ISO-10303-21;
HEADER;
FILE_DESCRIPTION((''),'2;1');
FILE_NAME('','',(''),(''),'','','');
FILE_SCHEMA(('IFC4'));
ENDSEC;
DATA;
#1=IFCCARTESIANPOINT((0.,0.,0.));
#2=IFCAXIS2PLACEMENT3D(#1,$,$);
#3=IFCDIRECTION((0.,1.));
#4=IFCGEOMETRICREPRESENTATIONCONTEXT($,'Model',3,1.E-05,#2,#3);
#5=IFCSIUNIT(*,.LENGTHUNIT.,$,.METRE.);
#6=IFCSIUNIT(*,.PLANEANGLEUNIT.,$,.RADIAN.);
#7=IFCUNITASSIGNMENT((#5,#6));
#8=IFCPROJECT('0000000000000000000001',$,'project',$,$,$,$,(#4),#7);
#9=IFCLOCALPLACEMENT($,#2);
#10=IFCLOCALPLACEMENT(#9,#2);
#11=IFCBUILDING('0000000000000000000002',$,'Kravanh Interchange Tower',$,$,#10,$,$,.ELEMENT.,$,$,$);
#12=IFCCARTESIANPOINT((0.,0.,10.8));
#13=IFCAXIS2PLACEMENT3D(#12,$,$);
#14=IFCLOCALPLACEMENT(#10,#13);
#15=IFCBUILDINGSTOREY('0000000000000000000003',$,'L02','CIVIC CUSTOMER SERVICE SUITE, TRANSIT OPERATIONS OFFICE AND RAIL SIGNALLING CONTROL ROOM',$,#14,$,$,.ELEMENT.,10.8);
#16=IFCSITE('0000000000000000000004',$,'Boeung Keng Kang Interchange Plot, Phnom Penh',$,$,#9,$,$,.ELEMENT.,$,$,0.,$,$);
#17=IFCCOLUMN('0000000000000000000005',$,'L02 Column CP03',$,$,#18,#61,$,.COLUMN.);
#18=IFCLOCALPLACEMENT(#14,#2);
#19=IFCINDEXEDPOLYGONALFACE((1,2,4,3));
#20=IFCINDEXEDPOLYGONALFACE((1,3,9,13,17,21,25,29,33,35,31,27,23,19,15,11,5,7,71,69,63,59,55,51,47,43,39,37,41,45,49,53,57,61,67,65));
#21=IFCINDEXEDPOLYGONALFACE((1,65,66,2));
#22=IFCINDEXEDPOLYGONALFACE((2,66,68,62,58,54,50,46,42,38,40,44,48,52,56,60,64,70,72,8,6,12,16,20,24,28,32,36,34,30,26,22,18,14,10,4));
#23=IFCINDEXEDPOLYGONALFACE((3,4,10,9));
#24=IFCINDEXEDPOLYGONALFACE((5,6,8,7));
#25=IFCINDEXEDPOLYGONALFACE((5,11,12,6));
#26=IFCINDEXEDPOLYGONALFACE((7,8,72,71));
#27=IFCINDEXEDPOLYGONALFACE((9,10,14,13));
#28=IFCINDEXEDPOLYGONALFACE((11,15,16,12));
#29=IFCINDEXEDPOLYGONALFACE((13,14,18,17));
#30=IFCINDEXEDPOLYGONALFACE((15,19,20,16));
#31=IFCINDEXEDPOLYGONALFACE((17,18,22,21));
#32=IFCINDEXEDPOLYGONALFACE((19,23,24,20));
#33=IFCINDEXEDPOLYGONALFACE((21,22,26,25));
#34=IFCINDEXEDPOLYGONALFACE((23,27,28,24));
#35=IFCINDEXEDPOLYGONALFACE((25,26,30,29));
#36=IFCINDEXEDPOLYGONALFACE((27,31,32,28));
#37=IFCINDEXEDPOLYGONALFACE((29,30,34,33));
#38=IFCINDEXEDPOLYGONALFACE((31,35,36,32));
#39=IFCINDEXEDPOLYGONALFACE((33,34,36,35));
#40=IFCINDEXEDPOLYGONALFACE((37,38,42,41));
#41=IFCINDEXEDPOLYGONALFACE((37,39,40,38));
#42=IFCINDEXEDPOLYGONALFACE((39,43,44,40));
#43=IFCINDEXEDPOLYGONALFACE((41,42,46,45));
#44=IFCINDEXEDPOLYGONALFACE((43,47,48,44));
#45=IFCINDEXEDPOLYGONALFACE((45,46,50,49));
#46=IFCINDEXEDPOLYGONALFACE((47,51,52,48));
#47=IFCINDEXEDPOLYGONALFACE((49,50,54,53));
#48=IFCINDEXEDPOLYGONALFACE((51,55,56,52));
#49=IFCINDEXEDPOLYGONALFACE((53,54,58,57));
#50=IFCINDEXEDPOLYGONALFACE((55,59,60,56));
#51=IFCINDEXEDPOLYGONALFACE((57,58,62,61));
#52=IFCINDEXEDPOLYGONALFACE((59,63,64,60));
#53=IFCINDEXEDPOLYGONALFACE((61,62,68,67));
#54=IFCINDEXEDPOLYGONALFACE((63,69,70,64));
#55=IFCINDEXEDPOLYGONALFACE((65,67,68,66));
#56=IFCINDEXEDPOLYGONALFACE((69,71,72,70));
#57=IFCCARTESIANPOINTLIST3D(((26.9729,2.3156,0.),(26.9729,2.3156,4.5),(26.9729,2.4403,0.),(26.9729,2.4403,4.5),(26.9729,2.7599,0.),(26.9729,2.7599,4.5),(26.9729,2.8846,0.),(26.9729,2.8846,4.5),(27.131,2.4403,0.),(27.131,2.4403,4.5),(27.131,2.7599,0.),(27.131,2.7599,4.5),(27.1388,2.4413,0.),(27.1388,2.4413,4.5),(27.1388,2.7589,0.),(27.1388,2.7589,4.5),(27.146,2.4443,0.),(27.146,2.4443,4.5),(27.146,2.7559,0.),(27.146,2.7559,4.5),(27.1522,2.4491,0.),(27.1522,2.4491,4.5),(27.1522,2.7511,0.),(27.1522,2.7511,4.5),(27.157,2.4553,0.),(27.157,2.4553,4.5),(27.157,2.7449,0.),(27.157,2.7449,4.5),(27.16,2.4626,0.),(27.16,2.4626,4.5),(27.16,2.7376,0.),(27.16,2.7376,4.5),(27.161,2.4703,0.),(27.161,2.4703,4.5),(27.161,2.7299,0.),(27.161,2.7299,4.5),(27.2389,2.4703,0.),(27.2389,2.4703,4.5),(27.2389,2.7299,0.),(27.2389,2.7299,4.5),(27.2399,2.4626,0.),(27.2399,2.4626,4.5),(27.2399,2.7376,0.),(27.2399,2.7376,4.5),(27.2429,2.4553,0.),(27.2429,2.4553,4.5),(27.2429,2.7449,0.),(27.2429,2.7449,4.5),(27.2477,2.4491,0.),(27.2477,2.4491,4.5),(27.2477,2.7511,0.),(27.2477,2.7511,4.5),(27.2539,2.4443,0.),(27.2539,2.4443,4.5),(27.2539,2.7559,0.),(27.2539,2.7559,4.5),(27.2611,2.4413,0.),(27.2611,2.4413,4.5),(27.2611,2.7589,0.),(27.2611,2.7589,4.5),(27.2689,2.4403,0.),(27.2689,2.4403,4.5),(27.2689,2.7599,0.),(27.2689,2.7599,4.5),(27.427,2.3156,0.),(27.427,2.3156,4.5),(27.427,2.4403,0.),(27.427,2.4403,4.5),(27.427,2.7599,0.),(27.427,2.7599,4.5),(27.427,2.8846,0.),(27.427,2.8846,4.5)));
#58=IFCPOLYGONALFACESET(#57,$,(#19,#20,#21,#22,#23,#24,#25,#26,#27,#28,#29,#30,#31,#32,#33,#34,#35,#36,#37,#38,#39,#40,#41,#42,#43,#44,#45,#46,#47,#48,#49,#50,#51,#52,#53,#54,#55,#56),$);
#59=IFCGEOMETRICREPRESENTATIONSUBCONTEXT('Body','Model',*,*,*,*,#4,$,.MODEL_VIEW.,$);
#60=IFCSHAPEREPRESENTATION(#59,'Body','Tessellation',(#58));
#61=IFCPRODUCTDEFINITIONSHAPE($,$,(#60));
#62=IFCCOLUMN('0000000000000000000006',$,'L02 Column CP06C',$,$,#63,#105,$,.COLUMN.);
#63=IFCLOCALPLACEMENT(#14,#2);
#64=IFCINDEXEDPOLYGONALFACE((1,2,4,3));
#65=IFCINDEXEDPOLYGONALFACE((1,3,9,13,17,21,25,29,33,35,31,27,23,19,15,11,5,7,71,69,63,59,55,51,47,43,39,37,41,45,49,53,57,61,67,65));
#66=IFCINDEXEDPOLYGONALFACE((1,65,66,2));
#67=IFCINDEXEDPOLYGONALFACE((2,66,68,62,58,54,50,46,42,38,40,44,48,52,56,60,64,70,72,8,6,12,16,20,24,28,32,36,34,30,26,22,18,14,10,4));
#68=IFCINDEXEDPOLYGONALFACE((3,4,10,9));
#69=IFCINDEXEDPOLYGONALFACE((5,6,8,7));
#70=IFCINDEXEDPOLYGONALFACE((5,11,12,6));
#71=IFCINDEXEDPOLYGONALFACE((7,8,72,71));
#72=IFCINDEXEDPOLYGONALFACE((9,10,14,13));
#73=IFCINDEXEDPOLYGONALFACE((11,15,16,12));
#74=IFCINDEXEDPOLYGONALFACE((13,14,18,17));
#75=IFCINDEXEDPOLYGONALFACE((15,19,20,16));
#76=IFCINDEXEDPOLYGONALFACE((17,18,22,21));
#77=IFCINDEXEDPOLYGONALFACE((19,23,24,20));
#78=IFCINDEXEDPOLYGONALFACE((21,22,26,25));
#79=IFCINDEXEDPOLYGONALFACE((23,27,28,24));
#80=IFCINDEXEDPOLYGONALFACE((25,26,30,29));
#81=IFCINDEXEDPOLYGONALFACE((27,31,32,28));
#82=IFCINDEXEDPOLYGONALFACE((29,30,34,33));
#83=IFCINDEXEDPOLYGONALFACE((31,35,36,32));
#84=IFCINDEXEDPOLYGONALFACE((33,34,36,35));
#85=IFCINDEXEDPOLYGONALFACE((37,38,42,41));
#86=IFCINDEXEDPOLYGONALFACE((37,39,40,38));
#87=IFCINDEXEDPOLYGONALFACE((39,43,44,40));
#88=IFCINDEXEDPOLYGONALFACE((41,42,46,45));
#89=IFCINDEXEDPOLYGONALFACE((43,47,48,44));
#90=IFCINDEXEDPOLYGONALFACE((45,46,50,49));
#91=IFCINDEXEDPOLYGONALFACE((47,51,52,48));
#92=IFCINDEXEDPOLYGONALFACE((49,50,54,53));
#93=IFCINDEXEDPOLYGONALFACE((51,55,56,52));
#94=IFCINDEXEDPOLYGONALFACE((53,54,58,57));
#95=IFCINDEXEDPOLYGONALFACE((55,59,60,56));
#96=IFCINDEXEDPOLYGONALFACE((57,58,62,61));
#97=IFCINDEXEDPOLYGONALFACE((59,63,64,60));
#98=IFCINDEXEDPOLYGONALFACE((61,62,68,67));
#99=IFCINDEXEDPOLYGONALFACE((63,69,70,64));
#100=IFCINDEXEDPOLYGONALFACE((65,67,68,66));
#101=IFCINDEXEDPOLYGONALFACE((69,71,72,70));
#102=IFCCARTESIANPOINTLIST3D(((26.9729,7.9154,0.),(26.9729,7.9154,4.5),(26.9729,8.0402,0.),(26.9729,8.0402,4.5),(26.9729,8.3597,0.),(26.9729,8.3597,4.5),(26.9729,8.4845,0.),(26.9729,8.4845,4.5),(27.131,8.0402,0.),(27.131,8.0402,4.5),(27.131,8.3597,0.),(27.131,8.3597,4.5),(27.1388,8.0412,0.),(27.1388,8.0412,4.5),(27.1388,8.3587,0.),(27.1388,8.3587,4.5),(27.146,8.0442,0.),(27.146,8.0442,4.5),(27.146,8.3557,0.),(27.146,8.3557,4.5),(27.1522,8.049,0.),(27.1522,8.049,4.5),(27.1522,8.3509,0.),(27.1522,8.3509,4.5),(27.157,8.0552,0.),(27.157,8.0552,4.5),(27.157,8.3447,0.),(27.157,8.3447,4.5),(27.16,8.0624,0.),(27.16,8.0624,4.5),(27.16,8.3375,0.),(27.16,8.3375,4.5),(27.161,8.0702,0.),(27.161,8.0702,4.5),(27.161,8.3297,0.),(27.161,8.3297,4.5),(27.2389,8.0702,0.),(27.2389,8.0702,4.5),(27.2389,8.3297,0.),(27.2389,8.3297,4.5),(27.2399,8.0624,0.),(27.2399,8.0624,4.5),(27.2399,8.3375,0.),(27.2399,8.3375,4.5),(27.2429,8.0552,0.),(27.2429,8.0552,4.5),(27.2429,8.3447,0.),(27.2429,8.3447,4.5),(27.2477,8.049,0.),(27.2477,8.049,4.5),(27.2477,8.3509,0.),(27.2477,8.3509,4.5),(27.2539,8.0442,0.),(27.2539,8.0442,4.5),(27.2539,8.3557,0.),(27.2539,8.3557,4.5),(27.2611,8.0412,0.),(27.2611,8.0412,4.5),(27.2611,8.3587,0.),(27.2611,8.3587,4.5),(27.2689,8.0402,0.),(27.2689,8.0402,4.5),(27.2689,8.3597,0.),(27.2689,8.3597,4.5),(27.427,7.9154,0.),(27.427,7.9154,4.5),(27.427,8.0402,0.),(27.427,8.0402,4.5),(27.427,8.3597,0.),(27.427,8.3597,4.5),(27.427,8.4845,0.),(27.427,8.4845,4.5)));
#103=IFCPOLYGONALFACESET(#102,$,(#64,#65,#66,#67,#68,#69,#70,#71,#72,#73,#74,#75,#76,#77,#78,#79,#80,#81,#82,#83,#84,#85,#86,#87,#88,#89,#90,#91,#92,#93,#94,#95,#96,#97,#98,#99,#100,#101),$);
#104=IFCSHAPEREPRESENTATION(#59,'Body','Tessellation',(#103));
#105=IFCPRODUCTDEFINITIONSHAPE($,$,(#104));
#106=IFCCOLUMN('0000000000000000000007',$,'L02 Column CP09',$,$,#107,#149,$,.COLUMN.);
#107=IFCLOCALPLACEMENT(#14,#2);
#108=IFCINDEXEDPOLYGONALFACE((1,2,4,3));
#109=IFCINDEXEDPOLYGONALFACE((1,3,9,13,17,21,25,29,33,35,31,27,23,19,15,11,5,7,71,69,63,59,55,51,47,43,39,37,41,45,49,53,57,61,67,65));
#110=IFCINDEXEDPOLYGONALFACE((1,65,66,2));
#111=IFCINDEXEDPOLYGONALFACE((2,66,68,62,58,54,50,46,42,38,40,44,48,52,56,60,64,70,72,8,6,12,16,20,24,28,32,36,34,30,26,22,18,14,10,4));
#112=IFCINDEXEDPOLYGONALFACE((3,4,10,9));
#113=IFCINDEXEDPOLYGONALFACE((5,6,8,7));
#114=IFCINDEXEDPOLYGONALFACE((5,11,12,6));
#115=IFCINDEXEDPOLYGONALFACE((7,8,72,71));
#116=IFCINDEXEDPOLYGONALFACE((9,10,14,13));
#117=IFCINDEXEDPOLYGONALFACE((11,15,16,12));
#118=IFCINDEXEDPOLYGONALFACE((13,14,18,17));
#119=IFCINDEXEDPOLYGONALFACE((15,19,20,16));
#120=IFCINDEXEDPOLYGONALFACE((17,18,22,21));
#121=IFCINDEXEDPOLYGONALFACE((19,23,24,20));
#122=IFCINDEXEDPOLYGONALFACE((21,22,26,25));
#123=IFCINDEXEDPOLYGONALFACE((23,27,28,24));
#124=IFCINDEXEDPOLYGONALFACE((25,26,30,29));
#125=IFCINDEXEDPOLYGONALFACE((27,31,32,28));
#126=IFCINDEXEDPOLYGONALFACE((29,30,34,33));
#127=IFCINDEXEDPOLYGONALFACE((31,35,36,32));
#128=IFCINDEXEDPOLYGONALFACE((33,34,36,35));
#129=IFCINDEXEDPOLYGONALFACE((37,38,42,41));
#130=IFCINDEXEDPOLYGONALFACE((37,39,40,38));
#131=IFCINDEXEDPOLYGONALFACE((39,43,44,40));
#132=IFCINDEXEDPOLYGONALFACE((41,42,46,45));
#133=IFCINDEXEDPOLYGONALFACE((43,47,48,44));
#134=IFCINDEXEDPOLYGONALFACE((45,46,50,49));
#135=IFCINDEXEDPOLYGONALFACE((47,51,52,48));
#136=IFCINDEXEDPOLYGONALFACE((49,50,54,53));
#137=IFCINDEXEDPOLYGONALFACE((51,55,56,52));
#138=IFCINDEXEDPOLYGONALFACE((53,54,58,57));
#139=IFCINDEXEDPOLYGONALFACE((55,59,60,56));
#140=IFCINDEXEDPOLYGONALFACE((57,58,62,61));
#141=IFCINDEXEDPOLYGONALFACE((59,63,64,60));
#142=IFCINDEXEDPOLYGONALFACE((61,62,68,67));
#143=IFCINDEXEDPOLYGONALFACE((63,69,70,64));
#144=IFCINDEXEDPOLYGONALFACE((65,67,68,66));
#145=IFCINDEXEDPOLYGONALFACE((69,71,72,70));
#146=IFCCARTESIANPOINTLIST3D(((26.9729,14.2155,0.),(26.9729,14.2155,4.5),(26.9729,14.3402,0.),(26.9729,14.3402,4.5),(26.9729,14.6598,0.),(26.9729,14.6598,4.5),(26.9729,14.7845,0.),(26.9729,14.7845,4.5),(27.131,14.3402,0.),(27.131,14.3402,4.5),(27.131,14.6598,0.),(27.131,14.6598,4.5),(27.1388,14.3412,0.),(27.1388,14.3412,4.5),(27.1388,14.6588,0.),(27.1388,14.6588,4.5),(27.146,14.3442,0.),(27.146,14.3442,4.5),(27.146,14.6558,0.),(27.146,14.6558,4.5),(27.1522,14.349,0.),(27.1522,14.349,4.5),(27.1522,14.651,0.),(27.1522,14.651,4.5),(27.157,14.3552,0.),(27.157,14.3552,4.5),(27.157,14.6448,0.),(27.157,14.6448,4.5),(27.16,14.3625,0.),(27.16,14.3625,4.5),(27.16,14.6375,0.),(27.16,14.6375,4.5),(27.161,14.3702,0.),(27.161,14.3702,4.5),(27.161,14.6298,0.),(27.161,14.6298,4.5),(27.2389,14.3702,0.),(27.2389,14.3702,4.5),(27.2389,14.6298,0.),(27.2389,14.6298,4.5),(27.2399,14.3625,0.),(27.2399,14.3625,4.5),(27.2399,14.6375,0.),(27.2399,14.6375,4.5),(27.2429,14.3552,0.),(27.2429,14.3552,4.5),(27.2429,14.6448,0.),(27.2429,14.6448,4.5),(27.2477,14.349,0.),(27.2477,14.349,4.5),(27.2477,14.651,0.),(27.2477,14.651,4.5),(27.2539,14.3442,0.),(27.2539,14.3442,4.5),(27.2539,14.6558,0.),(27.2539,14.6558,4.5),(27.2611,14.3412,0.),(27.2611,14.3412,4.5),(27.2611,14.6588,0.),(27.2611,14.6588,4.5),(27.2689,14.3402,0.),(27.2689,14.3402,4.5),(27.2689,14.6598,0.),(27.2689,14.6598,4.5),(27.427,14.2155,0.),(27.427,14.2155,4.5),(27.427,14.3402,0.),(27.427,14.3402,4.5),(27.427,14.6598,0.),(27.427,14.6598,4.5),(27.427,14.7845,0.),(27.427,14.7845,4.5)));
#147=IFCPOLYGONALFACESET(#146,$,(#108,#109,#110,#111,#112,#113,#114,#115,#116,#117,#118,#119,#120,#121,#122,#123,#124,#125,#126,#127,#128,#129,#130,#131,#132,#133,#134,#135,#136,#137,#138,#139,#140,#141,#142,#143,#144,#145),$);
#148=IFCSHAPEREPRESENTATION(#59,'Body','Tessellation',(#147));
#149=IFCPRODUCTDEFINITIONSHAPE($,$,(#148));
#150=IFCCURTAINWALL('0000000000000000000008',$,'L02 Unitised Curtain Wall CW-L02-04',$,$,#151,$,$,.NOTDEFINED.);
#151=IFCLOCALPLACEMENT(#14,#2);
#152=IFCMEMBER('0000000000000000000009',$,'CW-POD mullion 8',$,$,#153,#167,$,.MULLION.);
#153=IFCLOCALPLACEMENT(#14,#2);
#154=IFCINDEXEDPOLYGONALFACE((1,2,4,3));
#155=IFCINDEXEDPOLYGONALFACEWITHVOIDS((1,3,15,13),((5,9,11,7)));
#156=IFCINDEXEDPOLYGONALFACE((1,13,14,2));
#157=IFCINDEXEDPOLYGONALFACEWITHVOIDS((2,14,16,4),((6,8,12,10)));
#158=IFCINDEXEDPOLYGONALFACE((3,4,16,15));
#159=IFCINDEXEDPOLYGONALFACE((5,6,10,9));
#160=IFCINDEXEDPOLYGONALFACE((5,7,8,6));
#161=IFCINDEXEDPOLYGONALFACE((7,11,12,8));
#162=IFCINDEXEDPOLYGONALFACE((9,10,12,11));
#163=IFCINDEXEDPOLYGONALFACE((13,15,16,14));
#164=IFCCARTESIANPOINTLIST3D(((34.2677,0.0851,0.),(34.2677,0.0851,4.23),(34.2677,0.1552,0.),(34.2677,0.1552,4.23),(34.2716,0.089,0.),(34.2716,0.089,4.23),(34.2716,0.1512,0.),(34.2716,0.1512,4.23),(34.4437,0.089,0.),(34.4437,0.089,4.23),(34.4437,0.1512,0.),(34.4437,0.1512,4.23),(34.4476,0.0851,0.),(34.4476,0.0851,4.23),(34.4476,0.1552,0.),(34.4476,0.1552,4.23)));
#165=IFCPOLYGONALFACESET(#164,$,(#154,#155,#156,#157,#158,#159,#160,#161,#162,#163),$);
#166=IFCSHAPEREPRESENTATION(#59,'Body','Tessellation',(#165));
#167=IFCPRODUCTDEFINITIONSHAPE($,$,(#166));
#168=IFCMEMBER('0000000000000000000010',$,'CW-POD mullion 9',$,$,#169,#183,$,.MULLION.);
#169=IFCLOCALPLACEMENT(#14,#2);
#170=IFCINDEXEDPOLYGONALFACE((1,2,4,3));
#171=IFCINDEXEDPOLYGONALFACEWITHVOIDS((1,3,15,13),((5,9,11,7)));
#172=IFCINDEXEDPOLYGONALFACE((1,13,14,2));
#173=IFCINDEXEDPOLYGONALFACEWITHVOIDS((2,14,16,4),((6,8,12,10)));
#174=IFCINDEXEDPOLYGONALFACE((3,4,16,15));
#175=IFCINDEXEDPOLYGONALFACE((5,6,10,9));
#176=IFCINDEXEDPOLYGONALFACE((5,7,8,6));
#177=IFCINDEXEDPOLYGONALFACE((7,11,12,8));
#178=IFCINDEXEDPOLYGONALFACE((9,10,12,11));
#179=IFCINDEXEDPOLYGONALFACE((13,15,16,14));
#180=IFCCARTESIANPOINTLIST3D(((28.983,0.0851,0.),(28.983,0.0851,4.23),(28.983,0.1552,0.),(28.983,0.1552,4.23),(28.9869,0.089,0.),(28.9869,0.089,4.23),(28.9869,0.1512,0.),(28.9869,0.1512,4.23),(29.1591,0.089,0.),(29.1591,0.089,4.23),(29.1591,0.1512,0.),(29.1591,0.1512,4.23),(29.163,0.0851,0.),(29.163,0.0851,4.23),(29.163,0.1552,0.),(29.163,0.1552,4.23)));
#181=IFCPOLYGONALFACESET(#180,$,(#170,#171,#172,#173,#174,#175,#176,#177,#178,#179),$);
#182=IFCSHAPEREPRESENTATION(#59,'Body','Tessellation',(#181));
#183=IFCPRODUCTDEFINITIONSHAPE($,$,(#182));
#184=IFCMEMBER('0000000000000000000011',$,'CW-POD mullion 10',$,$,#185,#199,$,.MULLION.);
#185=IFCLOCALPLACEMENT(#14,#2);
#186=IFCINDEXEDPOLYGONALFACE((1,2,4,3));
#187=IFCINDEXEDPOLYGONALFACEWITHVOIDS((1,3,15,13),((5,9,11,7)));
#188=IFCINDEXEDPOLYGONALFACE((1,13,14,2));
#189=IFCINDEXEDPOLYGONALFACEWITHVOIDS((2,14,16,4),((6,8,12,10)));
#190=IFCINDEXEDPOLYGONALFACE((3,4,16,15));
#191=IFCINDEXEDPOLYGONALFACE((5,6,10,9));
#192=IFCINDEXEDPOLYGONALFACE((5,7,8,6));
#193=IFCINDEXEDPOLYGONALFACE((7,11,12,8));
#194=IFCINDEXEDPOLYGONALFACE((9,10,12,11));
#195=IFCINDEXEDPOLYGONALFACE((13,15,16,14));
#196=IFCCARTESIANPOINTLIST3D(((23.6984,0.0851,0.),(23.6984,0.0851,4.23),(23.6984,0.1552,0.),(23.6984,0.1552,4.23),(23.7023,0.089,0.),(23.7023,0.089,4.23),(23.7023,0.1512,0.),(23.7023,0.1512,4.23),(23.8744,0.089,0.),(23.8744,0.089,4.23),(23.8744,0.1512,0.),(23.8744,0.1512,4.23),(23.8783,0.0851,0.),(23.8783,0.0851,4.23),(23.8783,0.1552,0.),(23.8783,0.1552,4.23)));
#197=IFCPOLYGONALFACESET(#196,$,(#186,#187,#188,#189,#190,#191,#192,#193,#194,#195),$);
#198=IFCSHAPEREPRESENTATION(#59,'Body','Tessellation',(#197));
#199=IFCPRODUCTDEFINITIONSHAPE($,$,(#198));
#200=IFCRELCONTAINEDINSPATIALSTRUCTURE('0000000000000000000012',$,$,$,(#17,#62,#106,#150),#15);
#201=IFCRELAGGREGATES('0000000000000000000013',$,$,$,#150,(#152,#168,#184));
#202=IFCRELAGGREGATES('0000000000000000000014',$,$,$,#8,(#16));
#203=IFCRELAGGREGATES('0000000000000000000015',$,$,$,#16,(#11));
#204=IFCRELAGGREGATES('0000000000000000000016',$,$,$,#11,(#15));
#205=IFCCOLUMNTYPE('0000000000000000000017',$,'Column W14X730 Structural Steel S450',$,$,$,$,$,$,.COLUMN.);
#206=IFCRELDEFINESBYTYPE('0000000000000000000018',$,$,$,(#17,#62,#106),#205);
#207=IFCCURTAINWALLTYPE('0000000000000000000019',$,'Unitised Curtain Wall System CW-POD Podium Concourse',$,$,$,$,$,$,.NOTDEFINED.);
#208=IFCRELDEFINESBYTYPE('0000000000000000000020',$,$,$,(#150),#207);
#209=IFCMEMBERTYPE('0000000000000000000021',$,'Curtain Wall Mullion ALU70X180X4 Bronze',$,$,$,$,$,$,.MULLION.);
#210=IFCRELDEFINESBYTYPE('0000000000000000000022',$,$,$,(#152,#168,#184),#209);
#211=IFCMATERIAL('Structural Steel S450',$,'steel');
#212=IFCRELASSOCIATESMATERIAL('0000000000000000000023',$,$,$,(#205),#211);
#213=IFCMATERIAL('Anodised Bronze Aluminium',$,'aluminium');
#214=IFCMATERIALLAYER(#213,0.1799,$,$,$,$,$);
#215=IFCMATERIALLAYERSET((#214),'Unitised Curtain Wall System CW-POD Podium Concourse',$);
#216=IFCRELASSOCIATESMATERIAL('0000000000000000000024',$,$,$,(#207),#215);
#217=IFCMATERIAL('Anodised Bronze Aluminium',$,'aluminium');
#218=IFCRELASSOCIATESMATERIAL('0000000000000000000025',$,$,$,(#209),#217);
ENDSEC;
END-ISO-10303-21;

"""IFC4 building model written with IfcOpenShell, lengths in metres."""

from ifc_helpers import new_model, si_unit, direction, frame, origin, origin_2d, place, context, subcontext, project, spatial, hollow_rectangle, i_section, extrude, material, layer, layer_set, material_profile, profile_set, type_object, element, aggregate, save


model = new_model("IFC4")

# Units and contexts
model_context = context("Model", 3, precision=1e-05, world=origin(), true_north=direction((0.0, 1.0)))
body_context = subcontext(model_context, "Body", "Model", "MODEL_VIEW")
ifc_project = project(units=[si_unit("LENGTHUNIT", "METRE"), si_unit("PLANEANGLEUNIT", "RADIAN")], contexts=[model_context])

# Site, building, storey
site_placement = place(None, origin())
site = spatial("IfcSite", under=ifc_project, at=site_placement, Name="Boeung Keng Kang Interchange Plot, Phnom Penh", CompositionType="ELEMENT", RefElevation=0.0)
building_placement = place(site_placement, origin())
building = spatial("IfcBuilding", under=site, at=building_placement, Name="Kravanh Interchange Tower", CompositionType="ELEMENT")
storey_placement = place(building_placement, frame((0.0, 0.0, 10.8)))
storey = spatial("IfcBuildingStorey", under=building, at=storey_placement, Name="L02", Description="CIVIC CUSTOMER SERVICE SUITE, TRANSIT OPERATIONS OFFICE AND RAIL SIGNALLING CONTROL ROOM", CompositionType="ELEMENT", Elevation=10.8)

# Columns
ifc_material_1 = material(Name="Structural Steel S450", Category="steel")
ifc_material_profile_1 = material_profile(ifc_material_1, i_section(OverallWidth=0.4541, OverallDepth=0.5691, WebThickness=0.0779, FlangeThickness=0.1248, FilletRadius=0.03, at=origin_2d()), Name="W14X730")
ifc_profile_set_1 = profile_set([ifc_material_profile_1], Name="Structural Steel S450")
column_type = type_object("IfcColumnType", Name="Column W14X730 Structural Steel S450", PredefinedType="COLUMN", material=ifc_profile_set_1)
for number, where, z_axis, x_axis, name in (
    (1, (27.2, 2.6001, 0.0), (0.0, 0.0, 1.0), (1.0, 0.0, 0.0), "L02 Column CP03"),
    (2, (27.2, 8.2, 0.0), (0.0, 0.0, 1.0), (1.0, 0.0, 0.0), "L02 Column CP06C"),
    (3, (27.2, 14.5, 0.0), (0.0, 0.0, 1.0), (1.0, 0.0, 0.0), "L02 Column CP09"),
):
    element("IfcColumn", number, at=place(storey_placement, frame(where, z_axis=z_axis, x_axis=x_axis)), inside=storey, type_object=column_type, Name=name, PredefinedType="COLUMN", context=body_context, shape_type="SweptSolid", body=[
        extrude(i_section(OverallWidth=0.4541, OverallDepth=0.5691, WebThickness=0.0779, FlangeThickness=0.1248, FilletRadius=0.03, at=origin_2d()), origin(), (0.0, 0.0, 1.0), 4.5),
    ])

# Curtain wall, members
ifc_material_2 = material(Name="Anodised Bronze Aluminium", Category="aluminium")
ifc_layer_1 = layer(ifc_material_2, 0.1799)
ifc_layer_set_1 = layer_set([ifc_layer_1], Name="Unitised Curtain Wall System CW-POD Podium Concourse")
curtain_wall_type = type_object("IfcCurtainWallType", Name="Unitised Curtain Wall System CW-POD Podium Concourse", PredefinedType="NOTDEFINED", material=ifc_layer_set_1)
curtain_wall_placement = place(storey_placement, origin())
curtain_wall = element("IfcCurtainWall", 4, at=curtain_wall_placement, inside=storey, type_object=curtain_wall_type, Name="L02 Unitised Curtain Wall CW-L02-04", PredefinedType="NOTDEFINED")
ifc_material_3 = material(Name="Anodised Bronze Aluminium", Category="aluminium")
ifc_material_profile_2 = material_profile(ifc_material_3, hollow_rectangle(XDim=0.0701, YDim=0.1799, WallThickness=0.0039, at=origin_2d()), Name="ALU70X180X4")
ifc_profile_set_2 = profile_set([ifc_material_profile_2], Name="Anodised Bronze Aluminium")
member_type_1 = type_object("IfcMemberType", Name="Curtain Wall Mullion ALU70X180X4 Bronze", PredefinedType="MULLION", material=ifc_profile_set_2)
member_1_placement = place(storey_placement, frame((34.3577, 0.1201, 0.0), z_axis=(0.0, 0.0, 1.0), x_axis=(0.0, -1.0, 0.0)))
member_1 = element("IfcMember", 5, at=member_1_placement, type_object=member_type_1, Name="CW-POD mullion 8", PredefinedType="MULLION", context=body_context, shape_type="SweptSolid", body=[
    extrude(hollow_rectangle(XDim=0.0701, YDim=0.1799, WallThickness=0.0039, at=origin_2d()), origin(), (0.0, 0.0, 1.0), 4.23),
])
member_2_placement = place(storey_placement, frame((29.073, 0.1201, 0.0), z_axis=(0.0, 0.0, 1.0), x_axis=(0.0, -1.0, 0.0)))
member_2 = element("IfcMember", 6, at=member_2_placement, type_object=member_type_1, Name="CW-POD mullion 9", PredefinedType="MULLION", context=body_context, shape_type="SweptSolid", body=[
    extrude(hollow_rectangle(XDim=0.0701, YDim=0.1799, WallThickness=0.0039, at=origin_2d()), origin(), (0.0, 0.0, 1.0), 4.23),
])
member_3_placement = place(storey_placement, frame((23.7883, 0.1201, 0.0), z_axis=(0.0, 0.0, 1.0), x_axis=(0.0, -1.0, 0.0)))
member_3 = element("IfcMember", 7, at=member_3_placement, type_object=member_type_1, Name="CW-POD mullion 10", PredefinedType="MULLION", context=body_context, shape_type="SweptSolid", body=[
    extrude(hollow_rectangle(XDim=0.0701, YDim=0.1799, WallThickness=0.0039, at=origin_2d()), origin(), (0.0, 0.0, 1.0), 4.23),
])

aggregate(curtain_wall, [member_1, member_2, member_3])

save(model, "model.ifc")
